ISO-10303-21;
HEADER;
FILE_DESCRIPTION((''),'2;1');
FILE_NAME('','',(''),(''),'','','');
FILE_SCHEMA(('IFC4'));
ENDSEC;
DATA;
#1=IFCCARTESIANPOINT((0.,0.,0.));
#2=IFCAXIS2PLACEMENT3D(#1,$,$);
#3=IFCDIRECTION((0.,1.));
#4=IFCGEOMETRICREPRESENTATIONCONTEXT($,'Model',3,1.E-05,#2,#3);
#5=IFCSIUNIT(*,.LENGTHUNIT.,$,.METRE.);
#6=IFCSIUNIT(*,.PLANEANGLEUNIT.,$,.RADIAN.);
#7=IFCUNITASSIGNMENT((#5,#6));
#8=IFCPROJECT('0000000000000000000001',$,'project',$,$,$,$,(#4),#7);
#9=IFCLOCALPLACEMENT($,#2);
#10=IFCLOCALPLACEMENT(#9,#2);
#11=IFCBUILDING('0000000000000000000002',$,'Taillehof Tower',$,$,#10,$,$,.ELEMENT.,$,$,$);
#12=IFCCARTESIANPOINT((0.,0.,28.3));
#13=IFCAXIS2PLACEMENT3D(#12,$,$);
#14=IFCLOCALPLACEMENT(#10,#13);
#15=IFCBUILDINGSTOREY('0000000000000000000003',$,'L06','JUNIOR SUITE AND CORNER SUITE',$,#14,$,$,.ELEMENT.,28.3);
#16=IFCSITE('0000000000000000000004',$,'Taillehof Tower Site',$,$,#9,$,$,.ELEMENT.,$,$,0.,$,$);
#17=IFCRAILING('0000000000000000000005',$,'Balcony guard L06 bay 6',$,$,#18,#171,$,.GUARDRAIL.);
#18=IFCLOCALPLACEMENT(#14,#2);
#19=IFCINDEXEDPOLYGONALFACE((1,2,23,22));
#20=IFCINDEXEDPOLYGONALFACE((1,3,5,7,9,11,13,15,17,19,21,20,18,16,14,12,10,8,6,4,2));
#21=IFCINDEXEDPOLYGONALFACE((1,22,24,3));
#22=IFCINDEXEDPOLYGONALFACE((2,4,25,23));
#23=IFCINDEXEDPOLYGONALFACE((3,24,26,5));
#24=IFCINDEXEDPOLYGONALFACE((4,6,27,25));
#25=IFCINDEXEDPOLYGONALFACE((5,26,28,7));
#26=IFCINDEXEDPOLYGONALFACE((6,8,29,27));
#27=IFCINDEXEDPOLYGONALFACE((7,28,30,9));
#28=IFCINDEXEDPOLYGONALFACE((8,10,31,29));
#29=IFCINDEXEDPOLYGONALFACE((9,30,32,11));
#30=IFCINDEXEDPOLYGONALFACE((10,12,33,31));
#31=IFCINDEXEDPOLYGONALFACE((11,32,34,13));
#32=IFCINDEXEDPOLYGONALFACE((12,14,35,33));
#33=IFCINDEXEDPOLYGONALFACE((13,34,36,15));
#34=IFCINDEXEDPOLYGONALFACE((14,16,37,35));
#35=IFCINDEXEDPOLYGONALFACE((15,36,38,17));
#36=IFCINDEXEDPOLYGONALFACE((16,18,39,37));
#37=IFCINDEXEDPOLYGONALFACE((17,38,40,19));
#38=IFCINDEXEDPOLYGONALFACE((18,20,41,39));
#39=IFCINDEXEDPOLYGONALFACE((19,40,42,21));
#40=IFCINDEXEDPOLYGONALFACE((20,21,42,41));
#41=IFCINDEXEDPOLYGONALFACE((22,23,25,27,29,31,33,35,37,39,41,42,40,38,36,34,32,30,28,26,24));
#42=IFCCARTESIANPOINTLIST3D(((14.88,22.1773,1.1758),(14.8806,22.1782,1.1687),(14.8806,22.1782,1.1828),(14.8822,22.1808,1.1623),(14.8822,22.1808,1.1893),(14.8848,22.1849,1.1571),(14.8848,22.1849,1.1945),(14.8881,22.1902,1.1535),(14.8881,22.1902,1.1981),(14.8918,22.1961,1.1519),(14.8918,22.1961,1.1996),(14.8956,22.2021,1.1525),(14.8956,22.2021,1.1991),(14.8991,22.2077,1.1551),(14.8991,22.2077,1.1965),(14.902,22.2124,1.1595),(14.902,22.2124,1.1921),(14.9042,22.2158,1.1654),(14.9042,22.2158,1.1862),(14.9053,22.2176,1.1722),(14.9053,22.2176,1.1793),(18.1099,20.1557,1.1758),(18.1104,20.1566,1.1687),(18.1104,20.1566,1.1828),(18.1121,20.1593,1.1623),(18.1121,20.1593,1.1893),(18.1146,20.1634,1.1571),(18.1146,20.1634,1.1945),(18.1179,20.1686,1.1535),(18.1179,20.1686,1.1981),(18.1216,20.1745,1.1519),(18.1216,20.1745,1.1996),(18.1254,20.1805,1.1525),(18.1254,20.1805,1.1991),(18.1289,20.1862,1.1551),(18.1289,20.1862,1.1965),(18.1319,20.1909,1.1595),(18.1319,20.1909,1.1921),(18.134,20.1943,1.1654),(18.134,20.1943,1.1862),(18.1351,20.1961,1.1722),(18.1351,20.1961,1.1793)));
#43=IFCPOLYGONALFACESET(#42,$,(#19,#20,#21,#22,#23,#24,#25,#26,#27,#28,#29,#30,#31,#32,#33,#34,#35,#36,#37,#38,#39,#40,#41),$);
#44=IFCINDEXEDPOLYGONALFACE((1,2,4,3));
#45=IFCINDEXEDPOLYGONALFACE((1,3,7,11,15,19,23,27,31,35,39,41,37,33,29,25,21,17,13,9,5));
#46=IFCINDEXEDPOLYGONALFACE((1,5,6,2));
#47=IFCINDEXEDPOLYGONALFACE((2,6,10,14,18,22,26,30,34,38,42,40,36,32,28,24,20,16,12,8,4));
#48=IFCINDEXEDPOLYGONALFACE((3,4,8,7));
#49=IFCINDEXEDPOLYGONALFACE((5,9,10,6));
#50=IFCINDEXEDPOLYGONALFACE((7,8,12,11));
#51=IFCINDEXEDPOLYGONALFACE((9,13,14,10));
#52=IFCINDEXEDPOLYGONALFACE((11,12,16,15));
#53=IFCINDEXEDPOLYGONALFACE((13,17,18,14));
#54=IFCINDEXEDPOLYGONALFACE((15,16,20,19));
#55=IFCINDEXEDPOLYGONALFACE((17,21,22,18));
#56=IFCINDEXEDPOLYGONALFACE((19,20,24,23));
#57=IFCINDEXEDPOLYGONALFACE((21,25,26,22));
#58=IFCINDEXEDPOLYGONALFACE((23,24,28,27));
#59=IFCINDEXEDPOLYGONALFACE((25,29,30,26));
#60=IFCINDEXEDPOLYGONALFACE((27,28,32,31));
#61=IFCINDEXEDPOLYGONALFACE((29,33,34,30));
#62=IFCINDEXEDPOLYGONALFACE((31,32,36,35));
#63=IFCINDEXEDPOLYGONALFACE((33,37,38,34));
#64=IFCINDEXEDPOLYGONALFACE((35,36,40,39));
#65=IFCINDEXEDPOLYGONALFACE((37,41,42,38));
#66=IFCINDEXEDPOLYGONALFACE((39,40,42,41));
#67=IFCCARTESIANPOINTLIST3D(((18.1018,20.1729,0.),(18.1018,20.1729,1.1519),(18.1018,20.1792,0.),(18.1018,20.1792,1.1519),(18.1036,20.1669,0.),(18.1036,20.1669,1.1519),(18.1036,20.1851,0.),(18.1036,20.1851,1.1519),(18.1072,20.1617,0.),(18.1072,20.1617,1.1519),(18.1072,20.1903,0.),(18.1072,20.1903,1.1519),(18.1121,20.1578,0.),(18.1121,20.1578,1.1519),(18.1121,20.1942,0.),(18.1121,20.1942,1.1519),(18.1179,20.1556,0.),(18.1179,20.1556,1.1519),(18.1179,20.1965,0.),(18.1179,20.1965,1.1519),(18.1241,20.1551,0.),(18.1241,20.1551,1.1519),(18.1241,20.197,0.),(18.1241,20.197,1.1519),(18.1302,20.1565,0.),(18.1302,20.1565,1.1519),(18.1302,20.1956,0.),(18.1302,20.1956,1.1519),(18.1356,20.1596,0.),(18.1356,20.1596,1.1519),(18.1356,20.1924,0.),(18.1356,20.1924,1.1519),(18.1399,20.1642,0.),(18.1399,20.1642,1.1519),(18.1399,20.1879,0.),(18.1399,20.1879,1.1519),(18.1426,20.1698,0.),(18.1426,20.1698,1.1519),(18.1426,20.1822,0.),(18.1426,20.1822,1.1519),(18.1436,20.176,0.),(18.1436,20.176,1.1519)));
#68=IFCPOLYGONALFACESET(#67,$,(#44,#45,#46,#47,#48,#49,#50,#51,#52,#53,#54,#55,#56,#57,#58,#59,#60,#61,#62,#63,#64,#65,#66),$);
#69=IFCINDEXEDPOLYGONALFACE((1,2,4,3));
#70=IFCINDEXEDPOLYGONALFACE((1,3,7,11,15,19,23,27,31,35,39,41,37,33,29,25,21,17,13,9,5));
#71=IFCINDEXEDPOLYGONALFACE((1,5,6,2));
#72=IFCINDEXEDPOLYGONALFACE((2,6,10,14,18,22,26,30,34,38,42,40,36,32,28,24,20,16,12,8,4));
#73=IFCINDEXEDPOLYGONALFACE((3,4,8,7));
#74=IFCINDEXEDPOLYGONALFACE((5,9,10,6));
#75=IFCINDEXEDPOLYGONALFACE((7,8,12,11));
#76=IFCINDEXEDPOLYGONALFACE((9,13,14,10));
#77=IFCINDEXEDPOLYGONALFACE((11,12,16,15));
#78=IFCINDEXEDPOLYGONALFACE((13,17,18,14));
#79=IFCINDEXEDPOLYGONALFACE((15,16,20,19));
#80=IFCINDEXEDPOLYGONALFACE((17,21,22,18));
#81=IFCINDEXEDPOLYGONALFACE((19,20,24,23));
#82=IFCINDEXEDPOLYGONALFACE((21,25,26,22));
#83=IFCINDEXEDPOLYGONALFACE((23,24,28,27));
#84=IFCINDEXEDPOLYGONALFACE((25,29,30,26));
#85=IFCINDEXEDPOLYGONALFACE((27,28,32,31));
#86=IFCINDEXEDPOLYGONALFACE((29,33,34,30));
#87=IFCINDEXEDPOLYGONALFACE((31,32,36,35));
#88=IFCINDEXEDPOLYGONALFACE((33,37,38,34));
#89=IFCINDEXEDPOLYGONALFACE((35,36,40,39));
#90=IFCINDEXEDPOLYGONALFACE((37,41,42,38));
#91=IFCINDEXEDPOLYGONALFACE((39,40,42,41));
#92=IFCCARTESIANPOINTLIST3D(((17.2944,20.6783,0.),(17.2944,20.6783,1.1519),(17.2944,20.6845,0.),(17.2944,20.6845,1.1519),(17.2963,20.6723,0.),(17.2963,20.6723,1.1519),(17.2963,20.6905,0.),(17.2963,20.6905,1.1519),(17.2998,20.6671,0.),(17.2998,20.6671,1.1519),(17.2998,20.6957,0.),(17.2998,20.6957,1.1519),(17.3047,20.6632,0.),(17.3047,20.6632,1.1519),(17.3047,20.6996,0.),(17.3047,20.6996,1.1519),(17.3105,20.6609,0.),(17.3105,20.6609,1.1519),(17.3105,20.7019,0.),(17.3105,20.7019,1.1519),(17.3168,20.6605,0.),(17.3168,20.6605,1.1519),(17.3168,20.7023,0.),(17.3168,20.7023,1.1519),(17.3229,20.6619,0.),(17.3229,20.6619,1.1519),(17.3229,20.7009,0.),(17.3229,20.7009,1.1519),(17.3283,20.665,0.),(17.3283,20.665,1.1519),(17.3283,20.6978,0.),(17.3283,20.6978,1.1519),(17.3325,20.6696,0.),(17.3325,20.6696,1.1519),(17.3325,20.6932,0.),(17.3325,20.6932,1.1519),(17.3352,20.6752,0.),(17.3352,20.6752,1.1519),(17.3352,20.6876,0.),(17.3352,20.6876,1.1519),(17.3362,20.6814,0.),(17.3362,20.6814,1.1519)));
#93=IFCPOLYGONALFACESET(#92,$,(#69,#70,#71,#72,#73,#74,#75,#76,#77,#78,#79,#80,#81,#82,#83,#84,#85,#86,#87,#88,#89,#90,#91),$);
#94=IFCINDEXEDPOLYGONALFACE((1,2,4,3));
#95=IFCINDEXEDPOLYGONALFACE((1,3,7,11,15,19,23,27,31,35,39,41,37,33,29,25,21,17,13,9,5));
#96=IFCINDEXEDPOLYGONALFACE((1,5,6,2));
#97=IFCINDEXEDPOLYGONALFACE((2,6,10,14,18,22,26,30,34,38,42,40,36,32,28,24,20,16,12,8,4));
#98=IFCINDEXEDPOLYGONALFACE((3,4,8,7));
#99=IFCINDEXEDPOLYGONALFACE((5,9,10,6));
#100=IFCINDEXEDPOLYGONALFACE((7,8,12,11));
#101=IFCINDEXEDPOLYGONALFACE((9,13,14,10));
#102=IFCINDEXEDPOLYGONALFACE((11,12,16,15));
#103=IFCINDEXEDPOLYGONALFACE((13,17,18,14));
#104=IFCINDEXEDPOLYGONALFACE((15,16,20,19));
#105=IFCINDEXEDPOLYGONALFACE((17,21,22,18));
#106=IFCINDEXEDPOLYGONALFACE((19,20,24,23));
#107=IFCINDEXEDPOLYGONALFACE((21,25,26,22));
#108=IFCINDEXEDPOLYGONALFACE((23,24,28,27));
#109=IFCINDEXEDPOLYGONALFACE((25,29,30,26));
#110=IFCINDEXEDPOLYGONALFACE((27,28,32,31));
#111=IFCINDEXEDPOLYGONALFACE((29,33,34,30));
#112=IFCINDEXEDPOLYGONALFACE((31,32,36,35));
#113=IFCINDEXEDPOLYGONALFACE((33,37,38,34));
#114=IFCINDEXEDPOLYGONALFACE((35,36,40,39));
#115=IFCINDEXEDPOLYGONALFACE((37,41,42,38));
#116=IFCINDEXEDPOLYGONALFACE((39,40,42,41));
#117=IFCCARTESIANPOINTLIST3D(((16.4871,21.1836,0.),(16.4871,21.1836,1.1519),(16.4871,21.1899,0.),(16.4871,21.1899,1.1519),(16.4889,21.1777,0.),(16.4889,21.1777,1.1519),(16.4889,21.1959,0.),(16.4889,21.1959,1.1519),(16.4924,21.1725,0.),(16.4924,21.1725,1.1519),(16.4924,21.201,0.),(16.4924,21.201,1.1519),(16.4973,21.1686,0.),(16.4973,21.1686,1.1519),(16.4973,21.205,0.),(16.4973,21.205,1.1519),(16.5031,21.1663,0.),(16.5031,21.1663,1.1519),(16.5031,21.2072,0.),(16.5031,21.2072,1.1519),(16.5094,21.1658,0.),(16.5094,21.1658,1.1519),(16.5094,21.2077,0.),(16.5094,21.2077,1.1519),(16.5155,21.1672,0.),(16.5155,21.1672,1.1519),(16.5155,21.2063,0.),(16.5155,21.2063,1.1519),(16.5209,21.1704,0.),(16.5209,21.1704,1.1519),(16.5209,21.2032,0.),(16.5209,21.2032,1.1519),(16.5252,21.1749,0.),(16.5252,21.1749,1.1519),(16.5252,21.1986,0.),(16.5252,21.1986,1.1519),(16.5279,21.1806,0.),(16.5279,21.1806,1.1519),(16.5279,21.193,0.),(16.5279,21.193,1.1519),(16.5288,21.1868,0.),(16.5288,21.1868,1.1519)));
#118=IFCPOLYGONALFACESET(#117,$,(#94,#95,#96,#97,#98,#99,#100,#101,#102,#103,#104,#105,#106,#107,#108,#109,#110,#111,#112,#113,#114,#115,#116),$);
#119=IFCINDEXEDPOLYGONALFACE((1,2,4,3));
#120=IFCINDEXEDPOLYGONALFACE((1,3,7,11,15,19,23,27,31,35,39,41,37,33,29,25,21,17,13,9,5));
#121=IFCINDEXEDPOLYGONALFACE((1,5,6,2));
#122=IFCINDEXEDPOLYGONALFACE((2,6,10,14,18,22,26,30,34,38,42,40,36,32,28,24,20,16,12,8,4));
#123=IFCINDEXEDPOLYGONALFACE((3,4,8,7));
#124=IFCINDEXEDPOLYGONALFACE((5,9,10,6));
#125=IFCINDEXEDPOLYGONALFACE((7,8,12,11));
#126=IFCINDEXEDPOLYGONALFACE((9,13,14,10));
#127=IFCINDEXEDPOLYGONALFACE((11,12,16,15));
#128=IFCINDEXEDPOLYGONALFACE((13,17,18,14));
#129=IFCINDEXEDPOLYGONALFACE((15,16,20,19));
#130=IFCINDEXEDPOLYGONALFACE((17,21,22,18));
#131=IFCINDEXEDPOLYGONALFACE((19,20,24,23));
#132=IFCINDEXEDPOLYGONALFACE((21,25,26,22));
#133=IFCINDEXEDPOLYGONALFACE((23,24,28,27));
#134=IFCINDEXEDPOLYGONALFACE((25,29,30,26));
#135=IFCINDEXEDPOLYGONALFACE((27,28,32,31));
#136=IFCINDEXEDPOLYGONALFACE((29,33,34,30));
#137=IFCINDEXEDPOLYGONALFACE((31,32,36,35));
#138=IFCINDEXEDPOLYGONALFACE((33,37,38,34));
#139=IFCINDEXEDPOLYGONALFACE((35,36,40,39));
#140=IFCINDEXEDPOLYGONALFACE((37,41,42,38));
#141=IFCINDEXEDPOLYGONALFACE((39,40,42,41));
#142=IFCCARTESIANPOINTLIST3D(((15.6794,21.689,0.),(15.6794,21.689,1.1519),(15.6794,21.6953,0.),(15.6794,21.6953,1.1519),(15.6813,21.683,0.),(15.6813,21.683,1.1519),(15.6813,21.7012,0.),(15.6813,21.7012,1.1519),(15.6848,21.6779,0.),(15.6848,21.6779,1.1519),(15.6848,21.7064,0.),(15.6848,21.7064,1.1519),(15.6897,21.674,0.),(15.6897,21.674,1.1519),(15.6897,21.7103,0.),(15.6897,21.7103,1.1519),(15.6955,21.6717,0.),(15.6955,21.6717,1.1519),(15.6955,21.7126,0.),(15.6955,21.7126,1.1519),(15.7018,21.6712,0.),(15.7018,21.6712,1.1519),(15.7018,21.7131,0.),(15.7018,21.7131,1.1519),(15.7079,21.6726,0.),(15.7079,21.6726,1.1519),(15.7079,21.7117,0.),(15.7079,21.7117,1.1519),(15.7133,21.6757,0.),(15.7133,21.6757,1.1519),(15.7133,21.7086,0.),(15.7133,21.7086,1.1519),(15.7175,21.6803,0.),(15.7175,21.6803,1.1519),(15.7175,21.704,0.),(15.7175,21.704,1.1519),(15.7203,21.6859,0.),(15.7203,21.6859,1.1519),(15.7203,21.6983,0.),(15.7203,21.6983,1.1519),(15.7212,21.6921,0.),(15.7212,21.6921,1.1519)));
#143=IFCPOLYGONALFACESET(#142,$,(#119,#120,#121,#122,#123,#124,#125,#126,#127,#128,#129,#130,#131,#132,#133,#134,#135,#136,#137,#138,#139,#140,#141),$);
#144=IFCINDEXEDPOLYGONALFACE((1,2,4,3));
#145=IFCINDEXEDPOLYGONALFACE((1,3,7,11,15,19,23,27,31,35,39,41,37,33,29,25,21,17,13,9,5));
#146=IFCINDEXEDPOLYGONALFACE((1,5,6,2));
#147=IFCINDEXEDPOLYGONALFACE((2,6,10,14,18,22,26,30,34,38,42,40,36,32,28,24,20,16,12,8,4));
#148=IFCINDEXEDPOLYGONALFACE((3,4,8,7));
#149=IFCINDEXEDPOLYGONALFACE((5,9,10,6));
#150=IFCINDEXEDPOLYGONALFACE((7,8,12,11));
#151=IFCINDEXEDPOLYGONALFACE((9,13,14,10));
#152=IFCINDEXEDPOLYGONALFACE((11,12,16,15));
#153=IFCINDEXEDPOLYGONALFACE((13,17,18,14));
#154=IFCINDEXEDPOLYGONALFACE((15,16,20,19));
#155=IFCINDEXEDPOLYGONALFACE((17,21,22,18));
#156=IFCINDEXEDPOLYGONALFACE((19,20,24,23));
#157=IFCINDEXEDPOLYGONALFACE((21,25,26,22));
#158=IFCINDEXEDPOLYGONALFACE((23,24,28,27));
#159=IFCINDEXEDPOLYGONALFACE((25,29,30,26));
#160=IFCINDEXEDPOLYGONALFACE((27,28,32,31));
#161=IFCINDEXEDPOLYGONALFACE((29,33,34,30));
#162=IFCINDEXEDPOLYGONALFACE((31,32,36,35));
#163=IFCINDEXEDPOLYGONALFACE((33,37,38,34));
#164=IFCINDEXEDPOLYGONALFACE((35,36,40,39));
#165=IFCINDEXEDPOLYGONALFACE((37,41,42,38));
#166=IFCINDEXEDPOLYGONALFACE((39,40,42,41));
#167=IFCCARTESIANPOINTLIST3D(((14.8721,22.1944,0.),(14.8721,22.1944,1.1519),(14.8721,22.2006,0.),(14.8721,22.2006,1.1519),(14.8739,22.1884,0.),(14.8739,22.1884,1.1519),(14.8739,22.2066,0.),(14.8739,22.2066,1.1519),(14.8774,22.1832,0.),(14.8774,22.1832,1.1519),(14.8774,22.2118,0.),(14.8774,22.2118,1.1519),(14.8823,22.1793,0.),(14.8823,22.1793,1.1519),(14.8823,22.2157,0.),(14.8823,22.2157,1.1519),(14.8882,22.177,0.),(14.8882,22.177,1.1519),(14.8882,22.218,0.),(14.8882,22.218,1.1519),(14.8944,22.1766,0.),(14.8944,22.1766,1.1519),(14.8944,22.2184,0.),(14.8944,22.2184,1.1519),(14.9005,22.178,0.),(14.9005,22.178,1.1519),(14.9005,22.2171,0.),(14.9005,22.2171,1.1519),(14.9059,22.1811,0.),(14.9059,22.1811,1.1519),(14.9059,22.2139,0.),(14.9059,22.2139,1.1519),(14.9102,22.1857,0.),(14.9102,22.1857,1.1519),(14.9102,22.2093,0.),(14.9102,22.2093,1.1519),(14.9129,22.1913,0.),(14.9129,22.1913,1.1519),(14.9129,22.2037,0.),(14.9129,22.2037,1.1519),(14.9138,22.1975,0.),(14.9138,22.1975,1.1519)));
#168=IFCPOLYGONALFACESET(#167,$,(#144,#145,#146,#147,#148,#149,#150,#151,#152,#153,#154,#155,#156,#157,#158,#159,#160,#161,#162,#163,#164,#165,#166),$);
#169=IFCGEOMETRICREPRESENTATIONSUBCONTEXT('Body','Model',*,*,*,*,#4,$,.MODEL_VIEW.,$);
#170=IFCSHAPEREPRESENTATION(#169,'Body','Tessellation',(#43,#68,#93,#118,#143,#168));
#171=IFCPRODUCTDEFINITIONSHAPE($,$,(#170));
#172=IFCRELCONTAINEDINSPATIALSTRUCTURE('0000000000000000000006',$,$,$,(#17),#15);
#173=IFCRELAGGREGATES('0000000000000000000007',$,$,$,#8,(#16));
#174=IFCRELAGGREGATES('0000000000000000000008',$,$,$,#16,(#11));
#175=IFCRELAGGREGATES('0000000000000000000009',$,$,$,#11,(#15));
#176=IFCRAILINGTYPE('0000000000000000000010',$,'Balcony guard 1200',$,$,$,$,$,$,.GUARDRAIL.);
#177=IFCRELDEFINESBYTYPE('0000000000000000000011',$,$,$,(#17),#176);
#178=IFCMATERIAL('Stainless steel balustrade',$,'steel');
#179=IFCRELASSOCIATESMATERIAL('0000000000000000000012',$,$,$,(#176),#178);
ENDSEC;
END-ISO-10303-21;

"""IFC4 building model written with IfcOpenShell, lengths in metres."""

from ifc_helpers import new_model, si_unit, direction, frame, origin, origin_2d, place, context, subcontext, project, spatial, circle, extrude, material, type_object, element, save


model = new_model("IFC4")

# Units and contexts
model_context = context("Model", 3, precision=1e-05, world=origin(), true_north=direction((0.0, 1.0)))
body_context = subcontext(model_context, "Body", "Model", "MODEL_VIEW")
ifc_project = project(units=[si_unit("LENGTHUNIT", "METRE"), si_unit("PLANEANGLEUNIT", "RADIAN")], contexts=[model_context])

# Site, building, storey
site_placement = place(None, origin())
site = spatial("IfcSite", under=ifc_project, at=site_placement, Name="Taillehof Tower Site", CompositionType="ELEMENT", RefElevation=0.0)
building_placement = place(site_placement, origin())
building = spatial("IfcBuilding", under=site, at=building_placement, Name="Taillehof Tower", CompositionType="ELEMENT")
storey_placement = place(building_placement, frame((0.0, 0.0, 28.3)))
storey = spatial("IfcBuildingStorey", under=building, at=storey_placement, Name="L06", Description="JUNIOR SUITE AND CORNER SUITE", CompositionType="ELEMENT", Elevation=28.3)

# Railing
ifc_material_1 = material(Name="Stainless steel balustrade", Category="steel")
railing_type = type_object("IfcRailingType", Name="Balcony guard 1200", PredefinedType="GUARDRAIL", material=ifc_material_1)
railing_placement = place(storey_placement, frame((18.1226, 20.176, 0.0)))
element("IfcRailing", 1, at=railing_placement, inside=storey, type_object=railing_type, Name="Balcony guard L06 bay 6", PredefinedType="GUARDRAIL", context=body_context, shape_type="SweptSolid", body=[
    extrude(circle(Radius=0.0239, at=origin_2d()), frame((0.0, 0.0, 1.1758), z_axis=(-0.847656, 0.530546, 0.0), x_axis=(-0.530546, -0.847656, 0.0)), (0.0, 0.0, 1.0), 3.8103),
    extrude(circle(Radius=0.021, at=origin_2d()), origin(), (0.0, 0.0, 1.0), 1.1519),
    extrude(circle(Radius=0.021, at=origin_2d()), frame((-0.8074, 0.5054, 0.0)), (0.0, 0.0, 1.0), 1.1519),
    extrude(circle(Radius=0.021, at=origin_2d()), frame((-1.6147, 1.0107, 0.0)), (0.0, 0.0, 1.0), 1.1519),
    extrude(circle(Radius=0.021, at=origin_2d()), frame((-2.4224, 1.5161, 0.0)), (0.0, 0.0, 1.0), 1.1519),
    extrude(circle(Radius=0.021, at=origin_2d()), frame((-3.2297, 2.0215, 0.0)), (0.0, 0.0, 1.0), 1.1519),
])

save(model, "model.ifc")
